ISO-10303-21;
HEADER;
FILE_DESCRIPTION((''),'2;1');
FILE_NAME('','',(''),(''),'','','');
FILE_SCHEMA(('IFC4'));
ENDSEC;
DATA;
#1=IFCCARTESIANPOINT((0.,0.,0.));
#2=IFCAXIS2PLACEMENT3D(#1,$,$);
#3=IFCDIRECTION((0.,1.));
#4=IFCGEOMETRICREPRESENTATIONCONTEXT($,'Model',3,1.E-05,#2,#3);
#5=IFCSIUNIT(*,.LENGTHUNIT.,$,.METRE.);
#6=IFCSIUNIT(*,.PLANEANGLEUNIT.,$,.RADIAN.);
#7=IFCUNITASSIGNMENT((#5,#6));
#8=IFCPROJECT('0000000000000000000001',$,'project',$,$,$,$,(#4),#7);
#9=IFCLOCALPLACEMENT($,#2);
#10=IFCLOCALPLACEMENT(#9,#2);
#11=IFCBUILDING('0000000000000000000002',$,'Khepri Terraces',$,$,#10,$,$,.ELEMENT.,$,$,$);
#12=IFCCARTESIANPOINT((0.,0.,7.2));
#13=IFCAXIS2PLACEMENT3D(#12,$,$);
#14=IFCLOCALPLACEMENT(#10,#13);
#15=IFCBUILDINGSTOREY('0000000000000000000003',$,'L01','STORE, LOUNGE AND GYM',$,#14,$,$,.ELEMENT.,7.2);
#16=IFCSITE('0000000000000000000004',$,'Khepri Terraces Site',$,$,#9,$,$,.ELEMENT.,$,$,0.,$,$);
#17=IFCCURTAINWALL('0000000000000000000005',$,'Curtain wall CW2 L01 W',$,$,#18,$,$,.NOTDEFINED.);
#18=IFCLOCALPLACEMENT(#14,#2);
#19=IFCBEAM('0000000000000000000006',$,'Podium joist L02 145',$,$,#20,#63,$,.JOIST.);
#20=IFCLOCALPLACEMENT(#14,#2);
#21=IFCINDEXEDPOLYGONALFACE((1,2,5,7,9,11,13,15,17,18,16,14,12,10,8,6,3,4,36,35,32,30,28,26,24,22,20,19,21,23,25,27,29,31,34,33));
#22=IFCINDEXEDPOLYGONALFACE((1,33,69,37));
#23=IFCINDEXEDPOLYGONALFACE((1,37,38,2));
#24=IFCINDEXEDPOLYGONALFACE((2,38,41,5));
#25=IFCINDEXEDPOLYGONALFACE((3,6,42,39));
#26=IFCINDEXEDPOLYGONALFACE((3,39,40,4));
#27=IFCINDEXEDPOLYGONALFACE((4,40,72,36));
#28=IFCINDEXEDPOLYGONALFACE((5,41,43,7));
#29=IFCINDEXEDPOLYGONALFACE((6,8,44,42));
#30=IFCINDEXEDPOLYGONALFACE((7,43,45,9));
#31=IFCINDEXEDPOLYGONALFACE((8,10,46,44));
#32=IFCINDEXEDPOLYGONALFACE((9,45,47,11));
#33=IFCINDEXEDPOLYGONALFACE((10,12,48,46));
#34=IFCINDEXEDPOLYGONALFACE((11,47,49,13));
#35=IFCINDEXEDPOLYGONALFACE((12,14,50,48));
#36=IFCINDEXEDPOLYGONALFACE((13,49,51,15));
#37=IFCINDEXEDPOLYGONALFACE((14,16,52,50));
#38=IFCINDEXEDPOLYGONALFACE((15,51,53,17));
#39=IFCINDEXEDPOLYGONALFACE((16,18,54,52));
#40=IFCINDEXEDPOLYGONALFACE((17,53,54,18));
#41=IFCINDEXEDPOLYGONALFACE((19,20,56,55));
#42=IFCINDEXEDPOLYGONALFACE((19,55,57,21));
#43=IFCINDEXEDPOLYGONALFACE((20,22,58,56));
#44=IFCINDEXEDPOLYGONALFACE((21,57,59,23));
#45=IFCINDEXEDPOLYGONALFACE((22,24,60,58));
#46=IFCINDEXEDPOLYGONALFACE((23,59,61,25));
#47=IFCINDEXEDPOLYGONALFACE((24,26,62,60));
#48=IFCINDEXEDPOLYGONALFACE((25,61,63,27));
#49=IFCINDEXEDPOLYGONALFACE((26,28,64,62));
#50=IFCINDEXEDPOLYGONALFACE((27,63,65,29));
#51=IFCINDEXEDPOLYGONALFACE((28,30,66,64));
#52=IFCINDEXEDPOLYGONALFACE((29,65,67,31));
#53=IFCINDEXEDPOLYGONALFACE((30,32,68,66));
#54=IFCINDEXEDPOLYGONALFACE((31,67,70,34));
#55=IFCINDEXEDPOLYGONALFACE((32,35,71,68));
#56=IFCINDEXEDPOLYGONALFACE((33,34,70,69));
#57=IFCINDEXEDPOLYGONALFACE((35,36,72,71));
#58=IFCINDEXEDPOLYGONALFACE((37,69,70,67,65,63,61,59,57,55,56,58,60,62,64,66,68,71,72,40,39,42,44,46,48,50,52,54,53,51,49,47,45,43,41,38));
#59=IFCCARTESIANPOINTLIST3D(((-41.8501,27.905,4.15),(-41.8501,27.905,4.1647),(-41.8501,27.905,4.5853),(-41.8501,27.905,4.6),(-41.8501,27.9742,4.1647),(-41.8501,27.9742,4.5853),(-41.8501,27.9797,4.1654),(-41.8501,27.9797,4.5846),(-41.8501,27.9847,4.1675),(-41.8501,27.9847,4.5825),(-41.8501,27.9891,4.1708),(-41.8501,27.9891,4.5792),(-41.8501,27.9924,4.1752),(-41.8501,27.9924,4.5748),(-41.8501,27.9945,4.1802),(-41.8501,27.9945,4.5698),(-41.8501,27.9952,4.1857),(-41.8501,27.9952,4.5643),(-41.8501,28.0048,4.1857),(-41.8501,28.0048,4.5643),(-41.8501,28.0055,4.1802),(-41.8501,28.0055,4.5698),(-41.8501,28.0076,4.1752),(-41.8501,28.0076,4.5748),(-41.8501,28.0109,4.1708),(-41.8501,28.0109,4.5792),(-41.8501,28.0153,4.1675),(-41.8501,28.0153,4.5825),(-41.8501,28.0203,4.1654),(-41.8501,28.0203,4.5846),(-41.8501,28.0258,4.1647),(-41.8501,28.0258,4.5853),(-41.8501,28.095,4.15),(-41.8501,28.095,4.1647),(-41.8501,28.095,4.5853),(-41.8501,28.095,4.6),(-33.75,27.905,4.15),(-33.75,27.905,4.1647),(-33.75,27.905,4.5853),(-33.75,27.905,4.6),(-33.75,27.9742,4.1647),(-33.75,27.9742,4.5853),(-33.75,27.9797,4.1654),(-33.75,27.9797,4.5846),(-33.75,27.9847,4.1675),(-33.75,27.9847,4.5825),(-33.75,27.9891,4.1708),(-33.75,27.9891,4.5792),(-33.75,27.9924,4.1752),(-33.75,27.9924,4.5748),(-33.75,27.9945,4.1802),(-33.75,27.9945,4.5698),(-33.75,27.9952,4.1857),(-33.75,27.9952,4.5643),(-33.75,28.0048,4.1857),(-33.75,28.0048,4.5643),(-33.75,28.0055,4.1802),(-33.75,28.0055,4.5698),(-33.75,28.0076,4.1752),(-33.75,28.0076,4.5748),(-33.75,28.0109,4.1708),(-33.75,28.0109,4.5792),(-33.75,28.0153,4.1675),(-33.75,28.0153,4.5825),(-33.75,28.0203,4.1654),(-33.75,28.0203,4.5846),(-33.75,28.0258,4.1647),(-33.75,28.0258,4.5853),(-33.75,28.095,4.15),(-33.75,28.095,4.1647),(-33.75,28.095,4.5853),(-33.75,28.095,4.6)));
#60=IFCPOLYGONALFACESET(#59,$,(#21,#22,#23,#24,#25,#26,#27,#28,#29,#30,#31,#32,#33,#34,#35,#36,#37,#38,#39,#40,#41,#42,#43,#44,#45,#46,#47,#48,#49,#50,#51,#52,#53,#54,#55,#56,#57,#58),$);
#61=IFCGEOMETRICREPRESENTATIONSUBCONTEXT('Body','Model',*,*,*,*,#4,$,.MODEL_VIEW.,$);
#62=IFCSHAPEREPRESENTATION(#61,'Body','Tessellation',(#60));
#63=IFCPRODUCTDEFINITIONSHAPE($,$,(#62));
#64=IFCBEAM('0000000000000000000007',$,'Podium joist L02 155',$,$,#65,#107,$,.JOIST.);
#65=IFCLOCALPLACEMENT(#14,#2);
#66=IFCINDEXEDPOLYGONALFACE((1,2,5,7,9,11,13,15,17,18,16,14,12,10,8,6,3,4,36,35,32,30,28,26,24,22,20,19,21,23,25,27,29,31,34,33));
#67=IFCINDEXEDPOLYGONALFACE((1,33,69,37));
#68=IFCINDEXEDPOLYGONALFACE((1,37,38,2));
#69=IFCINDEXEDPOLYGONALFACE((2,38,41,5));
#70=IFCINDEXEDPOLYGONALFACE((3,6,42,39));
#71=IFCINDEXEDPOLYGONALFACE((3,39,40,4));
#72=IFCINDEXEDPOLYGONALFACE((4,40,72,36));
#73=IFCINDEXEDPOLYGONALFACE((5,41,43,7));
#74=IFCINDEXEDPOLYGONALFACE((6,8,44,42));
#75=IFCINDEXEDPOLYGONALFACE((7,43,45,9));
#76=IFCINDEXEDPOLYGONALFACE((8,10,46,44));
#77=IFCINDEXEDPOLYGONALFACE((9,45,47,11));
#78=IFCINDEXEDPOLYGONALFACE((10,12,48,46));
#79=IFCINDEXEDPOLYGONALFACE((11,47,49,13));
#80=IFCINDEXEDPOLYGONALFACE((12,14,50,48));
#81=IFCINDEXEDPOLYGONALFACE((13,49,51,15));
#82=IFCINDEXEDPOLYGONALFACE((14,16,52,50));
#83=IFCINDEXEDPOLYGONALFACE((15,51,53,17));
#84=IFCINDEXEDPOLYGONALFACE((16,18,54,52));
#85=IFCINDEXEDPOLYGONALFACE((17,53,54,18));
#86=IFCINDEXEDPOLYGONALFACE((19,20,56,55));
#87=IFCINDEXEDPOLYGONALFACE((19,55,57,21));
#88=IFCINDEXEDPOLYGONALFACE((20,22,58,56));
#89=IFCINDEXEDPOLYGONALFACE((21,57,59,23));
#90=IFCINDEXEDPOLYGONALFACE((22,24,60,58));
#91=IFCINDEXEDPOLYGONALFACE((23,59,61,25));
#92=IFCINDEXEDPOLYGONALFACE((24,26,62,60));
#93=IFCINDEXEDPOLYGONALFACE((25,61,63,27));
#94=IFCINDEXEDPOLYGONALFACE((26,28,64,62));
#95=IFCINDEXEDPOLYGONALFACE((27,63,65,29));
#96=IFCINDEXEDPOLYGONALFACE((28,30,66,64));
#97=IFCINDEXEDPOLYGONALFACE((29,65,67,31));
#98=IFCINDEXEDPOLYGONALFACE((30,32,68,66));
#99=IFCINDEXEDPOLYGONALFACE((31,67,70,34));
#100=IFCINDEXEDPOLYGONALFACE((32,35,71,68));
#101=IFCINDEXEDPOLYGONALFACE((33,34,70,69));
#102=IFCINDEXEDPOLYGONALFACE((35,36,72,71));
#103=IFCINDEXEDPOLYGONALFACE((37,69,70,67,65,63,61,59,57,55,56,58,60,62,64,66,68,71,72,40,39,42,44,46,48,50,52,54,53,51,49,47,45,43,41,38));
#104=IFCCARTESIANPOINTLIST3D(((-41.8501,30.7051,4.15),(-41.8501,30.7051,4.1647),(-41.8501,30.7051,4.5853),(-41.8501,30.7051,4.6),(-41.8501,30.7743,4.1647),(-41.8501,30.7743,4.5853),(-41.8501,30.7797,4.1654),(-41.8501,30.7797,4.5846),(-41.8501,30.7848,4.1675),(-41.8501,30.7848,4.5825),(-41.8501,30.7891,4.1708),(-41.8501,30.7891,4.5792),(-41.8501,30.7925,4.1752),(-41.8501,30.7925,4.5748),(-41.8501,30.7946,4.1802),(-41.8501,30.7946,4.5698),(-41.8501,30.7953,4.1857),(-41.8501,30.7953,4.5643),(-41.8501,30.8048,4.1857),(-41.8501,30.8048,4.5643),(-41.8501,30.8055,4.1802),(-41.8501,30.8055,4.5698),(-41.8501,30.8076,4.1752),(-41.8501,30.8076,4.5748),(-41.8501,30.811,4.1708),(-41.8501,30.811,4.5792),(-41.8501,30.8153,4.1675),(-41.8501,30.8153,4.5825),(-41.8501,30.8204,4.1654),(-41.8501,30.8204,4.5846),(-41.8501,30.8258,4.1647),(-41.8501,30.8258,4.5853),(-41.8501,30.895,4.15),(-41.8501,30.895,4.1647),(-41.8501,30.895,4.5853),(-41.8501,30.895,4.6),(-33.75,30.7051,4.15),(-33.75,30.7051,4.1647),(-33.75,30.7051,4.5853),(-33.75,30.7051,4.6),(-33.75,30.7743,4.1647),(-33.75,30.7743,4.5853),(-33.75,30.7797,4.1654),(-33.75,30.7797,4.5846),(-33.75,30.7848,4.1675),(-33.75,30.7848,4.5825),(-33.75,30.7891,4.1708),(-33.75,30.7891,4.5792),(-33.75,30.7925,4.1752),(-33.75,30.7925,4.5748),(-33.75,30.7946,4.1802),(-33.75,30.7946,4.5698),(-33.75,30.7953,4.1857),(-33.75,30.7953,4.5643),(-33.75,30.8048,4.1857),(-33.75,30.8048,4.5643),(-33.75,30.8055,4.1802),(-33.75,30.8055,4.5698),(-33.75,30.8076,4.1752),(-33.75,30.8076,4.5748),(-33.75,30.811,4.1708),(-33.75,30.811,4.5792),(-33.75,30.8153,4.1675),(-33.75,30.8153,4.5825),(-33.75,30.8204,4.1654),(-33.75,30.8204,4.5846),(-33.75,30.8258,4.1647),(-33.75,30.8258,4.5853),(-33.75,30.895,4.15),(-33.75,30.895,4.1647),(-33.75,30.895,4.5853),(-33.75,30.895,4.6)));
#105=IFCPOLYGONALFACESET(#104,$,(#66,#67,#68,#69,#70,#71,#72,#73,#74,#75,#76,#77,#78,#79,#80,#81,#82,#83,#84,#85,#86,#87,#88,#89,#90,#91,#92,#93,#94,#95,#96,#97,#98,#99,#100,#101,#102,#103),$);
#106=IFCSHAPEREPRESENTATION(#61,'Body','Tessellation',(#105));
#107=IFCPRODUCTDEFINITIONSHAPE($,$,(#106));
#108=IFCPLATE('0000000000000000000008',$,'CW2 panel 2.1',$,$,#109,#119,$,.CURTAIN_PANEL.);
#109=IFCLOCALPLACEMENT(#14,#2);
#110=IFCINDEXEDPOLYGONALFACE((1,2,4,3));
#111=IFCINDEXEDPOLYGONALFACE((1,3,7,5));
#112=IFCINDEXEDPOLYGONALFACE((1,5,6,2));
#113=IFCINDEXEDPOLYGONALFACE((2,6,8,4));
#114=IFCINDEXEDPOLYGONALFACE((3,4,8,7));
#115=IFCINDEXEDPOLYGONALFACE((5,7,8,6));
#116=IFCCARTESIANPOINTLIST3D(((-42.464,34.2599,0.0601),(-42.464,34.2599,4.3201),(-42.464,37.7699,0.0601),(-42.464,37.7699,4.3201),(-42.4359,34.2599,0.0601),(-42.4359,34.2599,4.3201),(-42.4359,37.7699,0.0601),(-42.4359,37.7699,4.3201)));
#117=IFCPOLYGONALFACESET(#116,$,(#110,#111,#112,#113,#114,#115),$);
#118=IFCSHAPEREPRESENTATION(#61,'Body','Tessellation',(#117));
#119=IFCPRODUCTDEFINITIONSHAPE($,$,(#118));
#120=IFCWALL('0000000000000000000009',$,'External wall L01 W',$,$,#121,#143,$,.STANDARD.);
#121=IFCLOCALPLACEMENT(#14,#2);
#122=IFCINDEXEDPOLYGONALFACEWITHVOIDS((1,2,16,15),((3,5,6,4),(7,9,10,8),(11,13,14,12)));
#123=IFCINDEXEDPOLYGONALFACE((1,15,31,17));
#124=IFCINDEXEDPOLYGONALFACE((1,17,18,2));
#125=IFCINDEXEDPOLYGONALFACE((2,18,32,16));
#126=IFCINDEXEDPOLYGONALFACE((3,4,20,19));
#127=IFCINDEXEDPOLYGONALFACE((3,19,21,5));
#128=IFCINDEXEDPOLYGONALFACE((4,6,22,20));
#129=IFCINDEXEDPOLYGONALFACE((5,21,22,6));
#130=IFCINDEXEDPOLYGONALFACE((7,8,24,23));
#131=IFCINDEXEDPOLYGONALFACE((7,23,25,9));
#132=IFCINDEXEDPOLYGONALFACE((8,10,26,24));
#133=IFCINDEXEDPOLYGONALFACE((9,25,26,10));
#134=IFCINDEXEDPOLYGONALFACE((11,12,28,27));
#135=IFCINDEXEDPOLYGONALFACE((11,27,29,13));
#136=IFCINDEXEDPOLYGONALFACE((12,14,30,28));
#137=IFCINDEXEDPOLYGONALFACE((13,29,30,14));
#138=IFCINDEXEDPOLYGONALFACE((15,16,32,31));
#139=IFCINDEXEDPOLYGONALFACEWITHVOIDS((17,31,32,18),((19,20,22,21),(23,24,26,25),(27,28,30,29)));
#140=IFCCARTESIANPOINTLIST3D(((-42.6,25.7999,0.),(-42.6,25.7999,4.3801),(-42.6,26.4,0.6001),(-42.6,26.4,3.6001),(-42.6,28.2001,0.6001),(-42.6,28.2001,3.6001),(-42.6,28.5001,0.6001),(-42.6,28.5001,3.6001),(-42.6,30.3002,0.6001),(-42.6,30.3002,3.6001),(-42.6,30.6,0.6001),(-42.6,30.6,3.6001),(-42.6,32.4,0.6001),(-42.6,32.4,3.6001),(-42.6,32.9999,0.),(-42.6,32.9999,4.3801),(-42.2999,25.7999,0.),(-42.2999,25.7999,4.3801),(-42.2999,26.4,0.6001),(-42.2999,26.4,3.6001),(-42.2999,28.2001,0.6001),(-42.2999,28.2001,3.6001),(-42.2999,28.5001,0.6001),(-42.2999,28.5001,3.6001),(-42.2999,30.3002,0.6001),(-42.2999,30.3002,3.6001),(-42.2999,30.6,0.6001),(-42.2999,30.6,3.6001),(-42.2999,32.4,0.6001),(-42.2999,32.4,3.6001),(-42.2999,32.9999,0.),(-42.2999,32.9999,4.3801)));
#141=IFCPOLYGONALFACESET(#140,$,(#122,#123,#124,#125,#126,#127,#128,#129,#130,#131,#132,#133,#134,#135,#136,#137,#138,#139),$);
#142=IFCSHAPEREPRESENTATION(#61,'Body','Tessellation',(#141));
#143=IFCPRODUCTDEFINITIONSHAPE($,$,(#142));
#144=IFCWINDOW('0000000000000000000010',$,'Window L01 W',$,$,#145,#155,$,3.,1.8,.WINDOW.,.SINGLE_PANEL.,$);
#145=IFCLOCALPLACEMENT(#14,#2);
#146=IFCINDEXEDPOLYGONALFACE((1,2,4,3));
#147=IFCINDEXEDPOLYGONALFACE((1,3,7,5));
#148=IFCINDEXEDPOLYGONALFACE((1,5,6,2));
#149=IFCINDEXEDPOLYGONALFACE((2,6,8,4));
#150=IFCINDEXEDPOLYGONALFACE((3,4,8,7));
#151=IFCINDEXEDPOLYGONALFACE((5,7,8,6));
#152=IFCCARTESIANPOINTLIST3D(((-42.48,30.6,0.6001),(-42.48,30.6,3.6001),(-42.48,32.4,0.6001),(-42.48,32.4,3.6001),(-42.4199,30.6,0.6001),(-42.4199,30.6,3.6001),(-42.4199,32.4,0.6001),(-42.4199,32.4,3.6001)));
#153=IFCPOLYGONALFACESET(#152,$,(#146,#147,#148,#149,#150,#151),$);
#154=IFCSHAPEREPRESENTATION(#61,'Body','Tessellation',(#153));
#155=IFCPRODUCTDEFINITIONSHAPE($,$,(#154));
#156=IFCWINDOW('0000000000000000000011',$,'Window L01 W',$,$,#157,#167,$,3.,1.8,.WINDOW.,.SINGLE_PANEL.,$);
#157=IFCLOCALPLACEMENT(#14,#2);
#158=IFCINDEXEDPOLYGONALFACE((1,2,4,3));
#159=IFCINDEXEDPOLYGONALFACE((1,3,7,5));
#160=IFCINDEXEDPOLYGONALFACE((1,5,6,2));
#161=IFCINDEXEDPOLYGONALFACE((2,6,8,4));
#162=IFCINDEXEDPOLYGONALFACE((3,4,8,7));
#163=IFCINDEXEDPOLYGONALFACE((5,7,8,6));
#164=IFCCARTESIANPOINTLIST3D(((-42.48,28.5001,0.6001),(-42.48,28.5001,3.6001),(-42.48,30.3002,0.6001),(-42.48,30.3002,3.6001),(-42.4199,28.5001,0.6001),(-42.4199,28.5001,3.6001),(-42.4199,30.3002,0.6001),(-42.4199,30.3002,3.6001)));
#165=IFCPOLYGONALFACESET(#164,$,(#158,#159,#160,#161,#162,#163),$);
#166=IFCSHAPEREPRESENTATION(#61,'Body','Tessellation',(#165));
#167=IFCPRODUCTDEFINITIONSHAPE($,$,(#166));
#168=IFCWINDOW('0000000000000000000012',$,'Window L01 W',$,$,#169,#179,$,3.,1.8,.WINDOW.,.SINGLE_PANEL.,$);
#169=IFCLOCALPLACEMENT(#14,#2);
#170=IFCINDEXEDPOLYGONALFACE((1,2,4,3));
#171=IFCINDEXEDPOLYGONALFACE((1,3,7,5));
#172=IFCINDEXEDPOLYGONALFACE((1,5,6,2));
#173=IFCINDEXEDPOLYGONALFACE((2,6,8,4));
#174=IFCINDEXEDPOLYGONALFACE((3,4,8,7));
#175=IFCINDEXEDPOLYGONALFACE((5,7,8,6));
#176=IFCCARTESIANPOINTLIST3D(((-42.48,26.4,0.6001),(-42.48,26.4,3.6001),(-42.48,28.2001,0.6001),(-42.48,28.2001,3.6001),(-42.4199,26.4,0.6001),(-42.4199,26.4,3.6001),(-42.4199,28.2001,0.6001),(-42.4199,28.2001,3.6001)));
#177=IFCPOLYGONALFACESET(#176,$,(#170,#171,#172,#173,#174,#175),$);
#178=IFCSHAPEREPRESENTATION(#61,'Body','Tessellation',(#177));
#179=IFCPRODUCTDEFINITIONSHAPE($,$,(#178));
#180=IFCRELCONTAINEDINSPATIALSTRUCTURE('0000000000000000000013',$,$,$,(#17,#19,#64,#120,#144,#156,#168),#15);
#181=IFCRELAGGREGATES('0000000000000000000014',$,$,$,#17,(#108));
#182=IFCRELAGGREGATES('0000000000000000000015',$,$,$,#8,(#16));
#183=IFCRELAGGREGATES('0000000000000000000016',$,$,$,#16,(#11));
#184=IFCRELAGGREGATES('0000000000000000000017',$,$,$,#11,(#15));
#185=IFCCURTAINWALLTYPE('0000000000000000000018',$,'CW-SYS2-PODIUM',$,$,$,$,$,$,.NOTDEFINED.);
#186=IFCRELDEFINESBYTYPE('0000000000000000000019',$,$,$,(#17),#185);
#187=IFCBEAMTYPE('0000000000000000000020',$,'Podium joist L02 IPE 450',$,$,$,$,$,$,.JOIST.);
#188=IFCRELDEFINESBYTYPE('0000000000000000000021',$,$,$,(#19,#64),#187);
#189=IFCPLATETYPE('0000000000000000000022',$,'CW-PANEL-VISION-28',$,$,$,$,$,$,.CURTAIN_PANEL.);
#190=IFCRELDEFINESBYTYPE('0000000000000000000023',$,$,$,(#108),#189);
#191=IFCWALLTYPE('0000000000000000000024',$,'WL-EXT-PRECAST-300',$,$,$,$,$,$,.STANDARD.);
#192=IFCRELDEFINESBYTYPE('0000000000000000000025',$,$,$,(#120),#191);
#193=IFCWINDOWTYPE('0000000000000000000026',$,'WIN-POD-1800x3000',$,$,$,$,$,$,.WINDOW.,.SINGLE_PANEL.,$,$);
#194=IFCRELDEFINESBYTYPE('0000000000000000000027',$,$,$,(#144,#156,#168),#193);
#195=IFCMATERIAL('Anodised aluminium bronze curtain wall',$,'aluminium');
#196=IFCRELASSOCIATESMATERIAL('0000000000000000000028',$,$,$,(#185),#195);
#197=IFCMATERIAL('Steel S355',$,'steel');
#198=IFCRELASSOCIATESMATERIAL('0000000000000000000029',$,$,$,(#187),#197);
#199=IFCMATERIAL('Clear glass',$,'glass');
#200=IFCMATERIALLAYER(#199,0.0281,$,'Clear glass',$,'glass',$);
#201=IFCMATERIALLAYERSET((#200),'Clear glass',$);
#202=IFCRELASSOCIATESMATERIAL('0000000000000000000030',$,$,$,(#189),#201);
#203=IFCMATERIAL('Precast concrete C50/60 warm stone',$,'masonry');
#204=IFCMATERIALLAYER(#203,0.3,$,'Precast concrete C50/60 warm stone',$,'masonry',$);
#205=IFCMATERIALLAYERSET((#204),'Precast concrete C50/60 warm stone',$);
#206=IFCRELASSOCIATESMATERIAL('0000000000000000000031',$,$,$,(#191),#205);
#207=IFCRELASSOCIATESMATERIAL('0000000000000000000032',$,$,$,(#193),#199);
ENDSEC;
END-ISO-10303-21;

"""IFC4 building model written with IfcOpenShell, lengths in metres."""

from ifc_helpers import new_model, si_unit, direction, frame, frame_2d, origin, origin_2d, place, context, subcontext, project, spatial, rectangle, i_section, extrude, material, layer, layer_set, material_profile, profile_set, type_object, element, fill, aggregate, save


model = new_model("IFC4")

# Units and contexts
model_context = context("Model", 3, precision=1e-05, world=origin(), true_north=direction((0.0, 1.0)))
body_context = subcontext(model_context, "Body", "Model", "MODEL_VIEW")
ifc_project = project(units=[si_unit("LENGTHUNIT", "METRE"), si_unit("PLANEANGLEUNIT", "RADIAN")], contexts=[model_context])

# Site, building, storey
site_placement = place(None, origin())
site = spatial("IfcSite", under=ifc_project, at=site_placement, Name="Khepri Terraces Site", CompositionType="ELEMENT", RefElevation=0.0)
building_placement = place(site_placement, origin())
building = spatial("IfcBuilding", under=site, at=building_placement, Name="Khepri Terraces", CompositionType="ELEMENT")
storey_placement = place(building_placement, frame((0.0, 0.0, 7.2)))
storey = spatial("IfcBuildingStorey", under=building, at=storey_placement, Name="L01", Description="STORE, LOUNGE AND GYM", CompositionType="ELEMENT", Elevation=7.2)

# Curtain wall
ifc_material_1 = material(Name="Anodised aluminium bronze curtain wall", Category="aluminium")
curtain_wall_type = type_object("IfcCurtainWallType", Name="CW-SYS2-PODIUM", PredefinedType="NOTDEFINED", material=ifc_material_1)
curtain_wall_1_placement = place(storey_placement, origin())
curtain_wall_1 = element("IfcCurtainWall", 1, at=curtain_wall_1_placement, inside=storey, type_object=curtain_wall_type, Name="Curtain wall CW2 L01 W", PredefinedType="NOTDEFINED")

# Beams
ifc_material_2 = material(Name="Steel S355", Category="steel")
ifc_material_profile_1 = material_profile(ifc_material_2, i_section(OverallWidth=0.1899, OverallDepth=0.45, WebThickness=0.0095, FlangeThickness=0.0146, FilletRadius=0.021, at=origin_2d()), Name="Steel S355", Category="steel")
ifc_profile_set_1 = profile_set([ifc_material_profile_1], Name="Steel S355")
beam_type_1 = type_object("IfcBeamType", Name="Podium joist L02 IPE 450", PredefinedType="JOIST", material=ifc_profile_set_1)
for number, where, z_axis, x_axis, name in (
    (2, (-41.8501, 28.0, 4.375), (1.0, 0.0, 0.0), (0.0, 1.0, 0.0), "Podium joist L02 145"),
    (3, (-41.8501, 30.8, 4.375), (1.0, 0.0, 0.0), (0.0, 1.0, 0.0), "Podium joist L02 155"),
):
    element("IfcBeam", number, at=place(storey_placement, frame(where, z_axis=z_axis, x_axis=x_axis)), inside=storey, type_object=beam_type_1, Name=name, PredefinedType="JOIST", context=body_context, shape_type="SweptSolid", body=[
        extrude(i_section(OverallWidth=0.1899, OverallDepth=0.45, WebThickness=0.0095, FlangeThickness=0.0146, FilletRadius=0.021, at=origin_2d()), origin(), (0.0, 0.0, 1.0), 8.1001),
    ])

# Plate
ifc_material_3 = material(Name="Clear glass", Category="glass")
ifc_layer_1 = layer(ifc_material_3, 0.0281, Name="Clear glass", Category="glass")
ifc_layer_set_1 = layer_set([ifc_layer_1], Name="Clear glass")
plate_type = type_object("IfcPlateType", Name="CW-PANEL-VISION-28", PredefinedType="CURTAIN_PANEL", material=ifc_layer_set_1)
plate_placement = place(storey_placement, frame((-42.45, 36.0149, 0.0601), z_axis=(0.0, 0.0, 1.0), x_axis=(0.0, -1.0, 0.0)))
plate = element("IfcPlate", 4, at=plate_placement, type_object=plate_type, Name="CW2 panel 2.1", PredefinedType="CURTAIN_PANEL", context=body_context, shape_type="SweptSolid", body=[
    extrude(rectangle(XDim=3.51, YDim=0.0281, at=origin_2d()), origin(), (0.0, 0.0, 1.0), 4.26),
])
aggregate(curtain_wall_1, [plate])

# Wall, openings, windows
ifc_material_4 = material(Name="Precast concrete C50/60 warm stone", Category="masonry")
ifc_layer_2 = layer(ifc_material_4, 0.3, Name="Precast concrete C50/60 warm stone", Category="masonry")
ifc_layer_set_2 = layer_set([ifc_layer_2], Name="Precast concrete C50/60 warm stone")
wall_type_1 = type_object("IfcWallType", Name="WL-EXT-PRECAST-300", PredefinedType="STANDARD", material=ifc_layer_set_2)
wall_1_placement = place(storey_placement, frame((-42.45, 33.0, 0.0), z_axis=(0.0, 0.0, 1.0), x_axis=(0.0, -1.0, 0.0)))
wall_1 = element("IfcWall", 5, at=wall_1_placement, inside=storey, type_object=wall_type_1, Name="External wall L01 W", PredefinedType="STANDARD", context=body_context, shape_type="SweptSolid", body=[
    extrude(rectangle(XDim=7.2, YDim=0.3, at=frame_2d((3.6001, 0.0))), origin(), (0.0, 0.0, 1.0), 4.3801),
])
opening_1_placement = place(wall_1_placement, frame((0.6001, 0.0, 0.6001)))
opening_1 = element("IfcOpeningElement", 6, at=opening_1_placement, cuts=wall_1, PredefinedType="OPENING", context=body_context, shape_type="SweptSolid", body=[
    extrude(rectangle(XDim=1.8, YDim=3.0, at=frame_2d((0.8999, 1.5))), frame((0.0, 0.1602, 0.0), z_axis=(0.0, -1.0, 0.0), x_axis=(1.0, 0.0, 0.0)), (0.0, 0.0, 1.0), 0.3201),
])
opening_2_placement = place(wall_1_placement, frame((2.7, 0.0, 0.6001)))
opening_2 = element("IfcOpeningElement", 7, at=opening_2_placement, cuts=wall_1, PredefinedType="OPENING", context=body_context, shape_type="SweptSolid", body=[
    extrude(rectangle(XDim=1.8, YDim=3.0, at=frame_2d((0.8999, 1.5))), frame((0.0, 0.1602, 0.0), z_axis=(0.0, -1.0, 0.0), x_axis=(1.0, 0.0, 0.0)), (0.0, 0.0, 1.0), 0.3201),
])
opening_3_placement = place(wall_1_placement, frame((4.8, 0.0, 0.6001)))
opening_3 = element("IfcOpeningElement", 8, at=opening_3_placement, cuts=wall_1, PredefinedType="OPENING", context=body_context, shape_type="SweptSolid", body=[
    extrude(rectangle(XDim=1.8, YDim=3.0, at=frame_2d((0.8999, 1.5))), frame((0.0, 0.1602, 0.0), z_axis=(0.0, -1.0, 0.0), x_axis=(1.0, 0.0, 0.0)), (0.0, 0.0, 1.0), 0.3201),
])
window_type = type_object("IfcWindowType", Name="WIN-POD-1800x3000", PartitioningType="SINGLE_PANEL", PredefinedType="WINDOW", material=ifc_material_3)
window_1_placement = place(opening_1_placement, origin())
window_1 = element("IfcWindow", 9, at=window_1_placement, inside=storey, type_object=window_type, Name="Window L01 W", OverallHeight=3.0, OverallWidth=1.8, PartitioningType="SINGLE_PANEL", PredefinedType="WINDOW", context=body_context, shape_type="SweptSolid", body=[
    extrude(rectangle(XDim=1.8, YDim=3.0, at=frame_2d((0.8999, 1.5))), frame((0.0, 0.03, 0.0), z_axis=(0.0, -1.0, 0.0), x_axis=(1.0, 0.0, 0.0)), (0.0, 0.0, 1.0), 0.0601),
])
fill(opening_1, window_1)
window_2_placement = place(opening_2_placement, origin())
window_2 = element("IfcWindow", 10, at=window_2_placement, inside=storey, type_object=window_type, Name="Window L01 W", OverallHeight=3.0, OverallWidth=1.8, PartitioningType="SINGLE_PANEL", PredefinedType="WINDOW", context=body_context, shape_type="SweptSolid", body=[
    extrude(rectangle(XDim=1.8, YDim=3.0, at=frame_2d((0.8999, 1.5))), frame((0.0, 0.03, 0.0), z_axis=(0.0, -1.0, 0.0), x_axis=(1.0, 0.0, 0.0)), (0.0, 0.0, 1.0), 0.0601),
])
fill(opening_2, window_2)
window_3_placement = place(opening_3_placement, origin())
window_3 = element("IfcWindow", 11, at=window_3_placement, inside=storey, type_object=window_type, Name="Window L01 W", OverallHeight=3.0, OverallWidth=1.8, PartitioningType="SINGLE_PANEL", PredefinedType="WINDOW", context=body_context, shape_type="SweptSolid", body=[
    extrude(rectangle(XDim=1.8, YDim=3.0, at=frame_2d((0.8999, 1.5))), frame((0.0, 0.03, 0.0), z_axis=(0.0, -1.0, 0.0), x_axis=(1.0, 0.0, 0.0)), (0.0, 0.0, 1.0), 0.0601),
])
fill(opening_3, window_3)

save(model, "model.ifc")
